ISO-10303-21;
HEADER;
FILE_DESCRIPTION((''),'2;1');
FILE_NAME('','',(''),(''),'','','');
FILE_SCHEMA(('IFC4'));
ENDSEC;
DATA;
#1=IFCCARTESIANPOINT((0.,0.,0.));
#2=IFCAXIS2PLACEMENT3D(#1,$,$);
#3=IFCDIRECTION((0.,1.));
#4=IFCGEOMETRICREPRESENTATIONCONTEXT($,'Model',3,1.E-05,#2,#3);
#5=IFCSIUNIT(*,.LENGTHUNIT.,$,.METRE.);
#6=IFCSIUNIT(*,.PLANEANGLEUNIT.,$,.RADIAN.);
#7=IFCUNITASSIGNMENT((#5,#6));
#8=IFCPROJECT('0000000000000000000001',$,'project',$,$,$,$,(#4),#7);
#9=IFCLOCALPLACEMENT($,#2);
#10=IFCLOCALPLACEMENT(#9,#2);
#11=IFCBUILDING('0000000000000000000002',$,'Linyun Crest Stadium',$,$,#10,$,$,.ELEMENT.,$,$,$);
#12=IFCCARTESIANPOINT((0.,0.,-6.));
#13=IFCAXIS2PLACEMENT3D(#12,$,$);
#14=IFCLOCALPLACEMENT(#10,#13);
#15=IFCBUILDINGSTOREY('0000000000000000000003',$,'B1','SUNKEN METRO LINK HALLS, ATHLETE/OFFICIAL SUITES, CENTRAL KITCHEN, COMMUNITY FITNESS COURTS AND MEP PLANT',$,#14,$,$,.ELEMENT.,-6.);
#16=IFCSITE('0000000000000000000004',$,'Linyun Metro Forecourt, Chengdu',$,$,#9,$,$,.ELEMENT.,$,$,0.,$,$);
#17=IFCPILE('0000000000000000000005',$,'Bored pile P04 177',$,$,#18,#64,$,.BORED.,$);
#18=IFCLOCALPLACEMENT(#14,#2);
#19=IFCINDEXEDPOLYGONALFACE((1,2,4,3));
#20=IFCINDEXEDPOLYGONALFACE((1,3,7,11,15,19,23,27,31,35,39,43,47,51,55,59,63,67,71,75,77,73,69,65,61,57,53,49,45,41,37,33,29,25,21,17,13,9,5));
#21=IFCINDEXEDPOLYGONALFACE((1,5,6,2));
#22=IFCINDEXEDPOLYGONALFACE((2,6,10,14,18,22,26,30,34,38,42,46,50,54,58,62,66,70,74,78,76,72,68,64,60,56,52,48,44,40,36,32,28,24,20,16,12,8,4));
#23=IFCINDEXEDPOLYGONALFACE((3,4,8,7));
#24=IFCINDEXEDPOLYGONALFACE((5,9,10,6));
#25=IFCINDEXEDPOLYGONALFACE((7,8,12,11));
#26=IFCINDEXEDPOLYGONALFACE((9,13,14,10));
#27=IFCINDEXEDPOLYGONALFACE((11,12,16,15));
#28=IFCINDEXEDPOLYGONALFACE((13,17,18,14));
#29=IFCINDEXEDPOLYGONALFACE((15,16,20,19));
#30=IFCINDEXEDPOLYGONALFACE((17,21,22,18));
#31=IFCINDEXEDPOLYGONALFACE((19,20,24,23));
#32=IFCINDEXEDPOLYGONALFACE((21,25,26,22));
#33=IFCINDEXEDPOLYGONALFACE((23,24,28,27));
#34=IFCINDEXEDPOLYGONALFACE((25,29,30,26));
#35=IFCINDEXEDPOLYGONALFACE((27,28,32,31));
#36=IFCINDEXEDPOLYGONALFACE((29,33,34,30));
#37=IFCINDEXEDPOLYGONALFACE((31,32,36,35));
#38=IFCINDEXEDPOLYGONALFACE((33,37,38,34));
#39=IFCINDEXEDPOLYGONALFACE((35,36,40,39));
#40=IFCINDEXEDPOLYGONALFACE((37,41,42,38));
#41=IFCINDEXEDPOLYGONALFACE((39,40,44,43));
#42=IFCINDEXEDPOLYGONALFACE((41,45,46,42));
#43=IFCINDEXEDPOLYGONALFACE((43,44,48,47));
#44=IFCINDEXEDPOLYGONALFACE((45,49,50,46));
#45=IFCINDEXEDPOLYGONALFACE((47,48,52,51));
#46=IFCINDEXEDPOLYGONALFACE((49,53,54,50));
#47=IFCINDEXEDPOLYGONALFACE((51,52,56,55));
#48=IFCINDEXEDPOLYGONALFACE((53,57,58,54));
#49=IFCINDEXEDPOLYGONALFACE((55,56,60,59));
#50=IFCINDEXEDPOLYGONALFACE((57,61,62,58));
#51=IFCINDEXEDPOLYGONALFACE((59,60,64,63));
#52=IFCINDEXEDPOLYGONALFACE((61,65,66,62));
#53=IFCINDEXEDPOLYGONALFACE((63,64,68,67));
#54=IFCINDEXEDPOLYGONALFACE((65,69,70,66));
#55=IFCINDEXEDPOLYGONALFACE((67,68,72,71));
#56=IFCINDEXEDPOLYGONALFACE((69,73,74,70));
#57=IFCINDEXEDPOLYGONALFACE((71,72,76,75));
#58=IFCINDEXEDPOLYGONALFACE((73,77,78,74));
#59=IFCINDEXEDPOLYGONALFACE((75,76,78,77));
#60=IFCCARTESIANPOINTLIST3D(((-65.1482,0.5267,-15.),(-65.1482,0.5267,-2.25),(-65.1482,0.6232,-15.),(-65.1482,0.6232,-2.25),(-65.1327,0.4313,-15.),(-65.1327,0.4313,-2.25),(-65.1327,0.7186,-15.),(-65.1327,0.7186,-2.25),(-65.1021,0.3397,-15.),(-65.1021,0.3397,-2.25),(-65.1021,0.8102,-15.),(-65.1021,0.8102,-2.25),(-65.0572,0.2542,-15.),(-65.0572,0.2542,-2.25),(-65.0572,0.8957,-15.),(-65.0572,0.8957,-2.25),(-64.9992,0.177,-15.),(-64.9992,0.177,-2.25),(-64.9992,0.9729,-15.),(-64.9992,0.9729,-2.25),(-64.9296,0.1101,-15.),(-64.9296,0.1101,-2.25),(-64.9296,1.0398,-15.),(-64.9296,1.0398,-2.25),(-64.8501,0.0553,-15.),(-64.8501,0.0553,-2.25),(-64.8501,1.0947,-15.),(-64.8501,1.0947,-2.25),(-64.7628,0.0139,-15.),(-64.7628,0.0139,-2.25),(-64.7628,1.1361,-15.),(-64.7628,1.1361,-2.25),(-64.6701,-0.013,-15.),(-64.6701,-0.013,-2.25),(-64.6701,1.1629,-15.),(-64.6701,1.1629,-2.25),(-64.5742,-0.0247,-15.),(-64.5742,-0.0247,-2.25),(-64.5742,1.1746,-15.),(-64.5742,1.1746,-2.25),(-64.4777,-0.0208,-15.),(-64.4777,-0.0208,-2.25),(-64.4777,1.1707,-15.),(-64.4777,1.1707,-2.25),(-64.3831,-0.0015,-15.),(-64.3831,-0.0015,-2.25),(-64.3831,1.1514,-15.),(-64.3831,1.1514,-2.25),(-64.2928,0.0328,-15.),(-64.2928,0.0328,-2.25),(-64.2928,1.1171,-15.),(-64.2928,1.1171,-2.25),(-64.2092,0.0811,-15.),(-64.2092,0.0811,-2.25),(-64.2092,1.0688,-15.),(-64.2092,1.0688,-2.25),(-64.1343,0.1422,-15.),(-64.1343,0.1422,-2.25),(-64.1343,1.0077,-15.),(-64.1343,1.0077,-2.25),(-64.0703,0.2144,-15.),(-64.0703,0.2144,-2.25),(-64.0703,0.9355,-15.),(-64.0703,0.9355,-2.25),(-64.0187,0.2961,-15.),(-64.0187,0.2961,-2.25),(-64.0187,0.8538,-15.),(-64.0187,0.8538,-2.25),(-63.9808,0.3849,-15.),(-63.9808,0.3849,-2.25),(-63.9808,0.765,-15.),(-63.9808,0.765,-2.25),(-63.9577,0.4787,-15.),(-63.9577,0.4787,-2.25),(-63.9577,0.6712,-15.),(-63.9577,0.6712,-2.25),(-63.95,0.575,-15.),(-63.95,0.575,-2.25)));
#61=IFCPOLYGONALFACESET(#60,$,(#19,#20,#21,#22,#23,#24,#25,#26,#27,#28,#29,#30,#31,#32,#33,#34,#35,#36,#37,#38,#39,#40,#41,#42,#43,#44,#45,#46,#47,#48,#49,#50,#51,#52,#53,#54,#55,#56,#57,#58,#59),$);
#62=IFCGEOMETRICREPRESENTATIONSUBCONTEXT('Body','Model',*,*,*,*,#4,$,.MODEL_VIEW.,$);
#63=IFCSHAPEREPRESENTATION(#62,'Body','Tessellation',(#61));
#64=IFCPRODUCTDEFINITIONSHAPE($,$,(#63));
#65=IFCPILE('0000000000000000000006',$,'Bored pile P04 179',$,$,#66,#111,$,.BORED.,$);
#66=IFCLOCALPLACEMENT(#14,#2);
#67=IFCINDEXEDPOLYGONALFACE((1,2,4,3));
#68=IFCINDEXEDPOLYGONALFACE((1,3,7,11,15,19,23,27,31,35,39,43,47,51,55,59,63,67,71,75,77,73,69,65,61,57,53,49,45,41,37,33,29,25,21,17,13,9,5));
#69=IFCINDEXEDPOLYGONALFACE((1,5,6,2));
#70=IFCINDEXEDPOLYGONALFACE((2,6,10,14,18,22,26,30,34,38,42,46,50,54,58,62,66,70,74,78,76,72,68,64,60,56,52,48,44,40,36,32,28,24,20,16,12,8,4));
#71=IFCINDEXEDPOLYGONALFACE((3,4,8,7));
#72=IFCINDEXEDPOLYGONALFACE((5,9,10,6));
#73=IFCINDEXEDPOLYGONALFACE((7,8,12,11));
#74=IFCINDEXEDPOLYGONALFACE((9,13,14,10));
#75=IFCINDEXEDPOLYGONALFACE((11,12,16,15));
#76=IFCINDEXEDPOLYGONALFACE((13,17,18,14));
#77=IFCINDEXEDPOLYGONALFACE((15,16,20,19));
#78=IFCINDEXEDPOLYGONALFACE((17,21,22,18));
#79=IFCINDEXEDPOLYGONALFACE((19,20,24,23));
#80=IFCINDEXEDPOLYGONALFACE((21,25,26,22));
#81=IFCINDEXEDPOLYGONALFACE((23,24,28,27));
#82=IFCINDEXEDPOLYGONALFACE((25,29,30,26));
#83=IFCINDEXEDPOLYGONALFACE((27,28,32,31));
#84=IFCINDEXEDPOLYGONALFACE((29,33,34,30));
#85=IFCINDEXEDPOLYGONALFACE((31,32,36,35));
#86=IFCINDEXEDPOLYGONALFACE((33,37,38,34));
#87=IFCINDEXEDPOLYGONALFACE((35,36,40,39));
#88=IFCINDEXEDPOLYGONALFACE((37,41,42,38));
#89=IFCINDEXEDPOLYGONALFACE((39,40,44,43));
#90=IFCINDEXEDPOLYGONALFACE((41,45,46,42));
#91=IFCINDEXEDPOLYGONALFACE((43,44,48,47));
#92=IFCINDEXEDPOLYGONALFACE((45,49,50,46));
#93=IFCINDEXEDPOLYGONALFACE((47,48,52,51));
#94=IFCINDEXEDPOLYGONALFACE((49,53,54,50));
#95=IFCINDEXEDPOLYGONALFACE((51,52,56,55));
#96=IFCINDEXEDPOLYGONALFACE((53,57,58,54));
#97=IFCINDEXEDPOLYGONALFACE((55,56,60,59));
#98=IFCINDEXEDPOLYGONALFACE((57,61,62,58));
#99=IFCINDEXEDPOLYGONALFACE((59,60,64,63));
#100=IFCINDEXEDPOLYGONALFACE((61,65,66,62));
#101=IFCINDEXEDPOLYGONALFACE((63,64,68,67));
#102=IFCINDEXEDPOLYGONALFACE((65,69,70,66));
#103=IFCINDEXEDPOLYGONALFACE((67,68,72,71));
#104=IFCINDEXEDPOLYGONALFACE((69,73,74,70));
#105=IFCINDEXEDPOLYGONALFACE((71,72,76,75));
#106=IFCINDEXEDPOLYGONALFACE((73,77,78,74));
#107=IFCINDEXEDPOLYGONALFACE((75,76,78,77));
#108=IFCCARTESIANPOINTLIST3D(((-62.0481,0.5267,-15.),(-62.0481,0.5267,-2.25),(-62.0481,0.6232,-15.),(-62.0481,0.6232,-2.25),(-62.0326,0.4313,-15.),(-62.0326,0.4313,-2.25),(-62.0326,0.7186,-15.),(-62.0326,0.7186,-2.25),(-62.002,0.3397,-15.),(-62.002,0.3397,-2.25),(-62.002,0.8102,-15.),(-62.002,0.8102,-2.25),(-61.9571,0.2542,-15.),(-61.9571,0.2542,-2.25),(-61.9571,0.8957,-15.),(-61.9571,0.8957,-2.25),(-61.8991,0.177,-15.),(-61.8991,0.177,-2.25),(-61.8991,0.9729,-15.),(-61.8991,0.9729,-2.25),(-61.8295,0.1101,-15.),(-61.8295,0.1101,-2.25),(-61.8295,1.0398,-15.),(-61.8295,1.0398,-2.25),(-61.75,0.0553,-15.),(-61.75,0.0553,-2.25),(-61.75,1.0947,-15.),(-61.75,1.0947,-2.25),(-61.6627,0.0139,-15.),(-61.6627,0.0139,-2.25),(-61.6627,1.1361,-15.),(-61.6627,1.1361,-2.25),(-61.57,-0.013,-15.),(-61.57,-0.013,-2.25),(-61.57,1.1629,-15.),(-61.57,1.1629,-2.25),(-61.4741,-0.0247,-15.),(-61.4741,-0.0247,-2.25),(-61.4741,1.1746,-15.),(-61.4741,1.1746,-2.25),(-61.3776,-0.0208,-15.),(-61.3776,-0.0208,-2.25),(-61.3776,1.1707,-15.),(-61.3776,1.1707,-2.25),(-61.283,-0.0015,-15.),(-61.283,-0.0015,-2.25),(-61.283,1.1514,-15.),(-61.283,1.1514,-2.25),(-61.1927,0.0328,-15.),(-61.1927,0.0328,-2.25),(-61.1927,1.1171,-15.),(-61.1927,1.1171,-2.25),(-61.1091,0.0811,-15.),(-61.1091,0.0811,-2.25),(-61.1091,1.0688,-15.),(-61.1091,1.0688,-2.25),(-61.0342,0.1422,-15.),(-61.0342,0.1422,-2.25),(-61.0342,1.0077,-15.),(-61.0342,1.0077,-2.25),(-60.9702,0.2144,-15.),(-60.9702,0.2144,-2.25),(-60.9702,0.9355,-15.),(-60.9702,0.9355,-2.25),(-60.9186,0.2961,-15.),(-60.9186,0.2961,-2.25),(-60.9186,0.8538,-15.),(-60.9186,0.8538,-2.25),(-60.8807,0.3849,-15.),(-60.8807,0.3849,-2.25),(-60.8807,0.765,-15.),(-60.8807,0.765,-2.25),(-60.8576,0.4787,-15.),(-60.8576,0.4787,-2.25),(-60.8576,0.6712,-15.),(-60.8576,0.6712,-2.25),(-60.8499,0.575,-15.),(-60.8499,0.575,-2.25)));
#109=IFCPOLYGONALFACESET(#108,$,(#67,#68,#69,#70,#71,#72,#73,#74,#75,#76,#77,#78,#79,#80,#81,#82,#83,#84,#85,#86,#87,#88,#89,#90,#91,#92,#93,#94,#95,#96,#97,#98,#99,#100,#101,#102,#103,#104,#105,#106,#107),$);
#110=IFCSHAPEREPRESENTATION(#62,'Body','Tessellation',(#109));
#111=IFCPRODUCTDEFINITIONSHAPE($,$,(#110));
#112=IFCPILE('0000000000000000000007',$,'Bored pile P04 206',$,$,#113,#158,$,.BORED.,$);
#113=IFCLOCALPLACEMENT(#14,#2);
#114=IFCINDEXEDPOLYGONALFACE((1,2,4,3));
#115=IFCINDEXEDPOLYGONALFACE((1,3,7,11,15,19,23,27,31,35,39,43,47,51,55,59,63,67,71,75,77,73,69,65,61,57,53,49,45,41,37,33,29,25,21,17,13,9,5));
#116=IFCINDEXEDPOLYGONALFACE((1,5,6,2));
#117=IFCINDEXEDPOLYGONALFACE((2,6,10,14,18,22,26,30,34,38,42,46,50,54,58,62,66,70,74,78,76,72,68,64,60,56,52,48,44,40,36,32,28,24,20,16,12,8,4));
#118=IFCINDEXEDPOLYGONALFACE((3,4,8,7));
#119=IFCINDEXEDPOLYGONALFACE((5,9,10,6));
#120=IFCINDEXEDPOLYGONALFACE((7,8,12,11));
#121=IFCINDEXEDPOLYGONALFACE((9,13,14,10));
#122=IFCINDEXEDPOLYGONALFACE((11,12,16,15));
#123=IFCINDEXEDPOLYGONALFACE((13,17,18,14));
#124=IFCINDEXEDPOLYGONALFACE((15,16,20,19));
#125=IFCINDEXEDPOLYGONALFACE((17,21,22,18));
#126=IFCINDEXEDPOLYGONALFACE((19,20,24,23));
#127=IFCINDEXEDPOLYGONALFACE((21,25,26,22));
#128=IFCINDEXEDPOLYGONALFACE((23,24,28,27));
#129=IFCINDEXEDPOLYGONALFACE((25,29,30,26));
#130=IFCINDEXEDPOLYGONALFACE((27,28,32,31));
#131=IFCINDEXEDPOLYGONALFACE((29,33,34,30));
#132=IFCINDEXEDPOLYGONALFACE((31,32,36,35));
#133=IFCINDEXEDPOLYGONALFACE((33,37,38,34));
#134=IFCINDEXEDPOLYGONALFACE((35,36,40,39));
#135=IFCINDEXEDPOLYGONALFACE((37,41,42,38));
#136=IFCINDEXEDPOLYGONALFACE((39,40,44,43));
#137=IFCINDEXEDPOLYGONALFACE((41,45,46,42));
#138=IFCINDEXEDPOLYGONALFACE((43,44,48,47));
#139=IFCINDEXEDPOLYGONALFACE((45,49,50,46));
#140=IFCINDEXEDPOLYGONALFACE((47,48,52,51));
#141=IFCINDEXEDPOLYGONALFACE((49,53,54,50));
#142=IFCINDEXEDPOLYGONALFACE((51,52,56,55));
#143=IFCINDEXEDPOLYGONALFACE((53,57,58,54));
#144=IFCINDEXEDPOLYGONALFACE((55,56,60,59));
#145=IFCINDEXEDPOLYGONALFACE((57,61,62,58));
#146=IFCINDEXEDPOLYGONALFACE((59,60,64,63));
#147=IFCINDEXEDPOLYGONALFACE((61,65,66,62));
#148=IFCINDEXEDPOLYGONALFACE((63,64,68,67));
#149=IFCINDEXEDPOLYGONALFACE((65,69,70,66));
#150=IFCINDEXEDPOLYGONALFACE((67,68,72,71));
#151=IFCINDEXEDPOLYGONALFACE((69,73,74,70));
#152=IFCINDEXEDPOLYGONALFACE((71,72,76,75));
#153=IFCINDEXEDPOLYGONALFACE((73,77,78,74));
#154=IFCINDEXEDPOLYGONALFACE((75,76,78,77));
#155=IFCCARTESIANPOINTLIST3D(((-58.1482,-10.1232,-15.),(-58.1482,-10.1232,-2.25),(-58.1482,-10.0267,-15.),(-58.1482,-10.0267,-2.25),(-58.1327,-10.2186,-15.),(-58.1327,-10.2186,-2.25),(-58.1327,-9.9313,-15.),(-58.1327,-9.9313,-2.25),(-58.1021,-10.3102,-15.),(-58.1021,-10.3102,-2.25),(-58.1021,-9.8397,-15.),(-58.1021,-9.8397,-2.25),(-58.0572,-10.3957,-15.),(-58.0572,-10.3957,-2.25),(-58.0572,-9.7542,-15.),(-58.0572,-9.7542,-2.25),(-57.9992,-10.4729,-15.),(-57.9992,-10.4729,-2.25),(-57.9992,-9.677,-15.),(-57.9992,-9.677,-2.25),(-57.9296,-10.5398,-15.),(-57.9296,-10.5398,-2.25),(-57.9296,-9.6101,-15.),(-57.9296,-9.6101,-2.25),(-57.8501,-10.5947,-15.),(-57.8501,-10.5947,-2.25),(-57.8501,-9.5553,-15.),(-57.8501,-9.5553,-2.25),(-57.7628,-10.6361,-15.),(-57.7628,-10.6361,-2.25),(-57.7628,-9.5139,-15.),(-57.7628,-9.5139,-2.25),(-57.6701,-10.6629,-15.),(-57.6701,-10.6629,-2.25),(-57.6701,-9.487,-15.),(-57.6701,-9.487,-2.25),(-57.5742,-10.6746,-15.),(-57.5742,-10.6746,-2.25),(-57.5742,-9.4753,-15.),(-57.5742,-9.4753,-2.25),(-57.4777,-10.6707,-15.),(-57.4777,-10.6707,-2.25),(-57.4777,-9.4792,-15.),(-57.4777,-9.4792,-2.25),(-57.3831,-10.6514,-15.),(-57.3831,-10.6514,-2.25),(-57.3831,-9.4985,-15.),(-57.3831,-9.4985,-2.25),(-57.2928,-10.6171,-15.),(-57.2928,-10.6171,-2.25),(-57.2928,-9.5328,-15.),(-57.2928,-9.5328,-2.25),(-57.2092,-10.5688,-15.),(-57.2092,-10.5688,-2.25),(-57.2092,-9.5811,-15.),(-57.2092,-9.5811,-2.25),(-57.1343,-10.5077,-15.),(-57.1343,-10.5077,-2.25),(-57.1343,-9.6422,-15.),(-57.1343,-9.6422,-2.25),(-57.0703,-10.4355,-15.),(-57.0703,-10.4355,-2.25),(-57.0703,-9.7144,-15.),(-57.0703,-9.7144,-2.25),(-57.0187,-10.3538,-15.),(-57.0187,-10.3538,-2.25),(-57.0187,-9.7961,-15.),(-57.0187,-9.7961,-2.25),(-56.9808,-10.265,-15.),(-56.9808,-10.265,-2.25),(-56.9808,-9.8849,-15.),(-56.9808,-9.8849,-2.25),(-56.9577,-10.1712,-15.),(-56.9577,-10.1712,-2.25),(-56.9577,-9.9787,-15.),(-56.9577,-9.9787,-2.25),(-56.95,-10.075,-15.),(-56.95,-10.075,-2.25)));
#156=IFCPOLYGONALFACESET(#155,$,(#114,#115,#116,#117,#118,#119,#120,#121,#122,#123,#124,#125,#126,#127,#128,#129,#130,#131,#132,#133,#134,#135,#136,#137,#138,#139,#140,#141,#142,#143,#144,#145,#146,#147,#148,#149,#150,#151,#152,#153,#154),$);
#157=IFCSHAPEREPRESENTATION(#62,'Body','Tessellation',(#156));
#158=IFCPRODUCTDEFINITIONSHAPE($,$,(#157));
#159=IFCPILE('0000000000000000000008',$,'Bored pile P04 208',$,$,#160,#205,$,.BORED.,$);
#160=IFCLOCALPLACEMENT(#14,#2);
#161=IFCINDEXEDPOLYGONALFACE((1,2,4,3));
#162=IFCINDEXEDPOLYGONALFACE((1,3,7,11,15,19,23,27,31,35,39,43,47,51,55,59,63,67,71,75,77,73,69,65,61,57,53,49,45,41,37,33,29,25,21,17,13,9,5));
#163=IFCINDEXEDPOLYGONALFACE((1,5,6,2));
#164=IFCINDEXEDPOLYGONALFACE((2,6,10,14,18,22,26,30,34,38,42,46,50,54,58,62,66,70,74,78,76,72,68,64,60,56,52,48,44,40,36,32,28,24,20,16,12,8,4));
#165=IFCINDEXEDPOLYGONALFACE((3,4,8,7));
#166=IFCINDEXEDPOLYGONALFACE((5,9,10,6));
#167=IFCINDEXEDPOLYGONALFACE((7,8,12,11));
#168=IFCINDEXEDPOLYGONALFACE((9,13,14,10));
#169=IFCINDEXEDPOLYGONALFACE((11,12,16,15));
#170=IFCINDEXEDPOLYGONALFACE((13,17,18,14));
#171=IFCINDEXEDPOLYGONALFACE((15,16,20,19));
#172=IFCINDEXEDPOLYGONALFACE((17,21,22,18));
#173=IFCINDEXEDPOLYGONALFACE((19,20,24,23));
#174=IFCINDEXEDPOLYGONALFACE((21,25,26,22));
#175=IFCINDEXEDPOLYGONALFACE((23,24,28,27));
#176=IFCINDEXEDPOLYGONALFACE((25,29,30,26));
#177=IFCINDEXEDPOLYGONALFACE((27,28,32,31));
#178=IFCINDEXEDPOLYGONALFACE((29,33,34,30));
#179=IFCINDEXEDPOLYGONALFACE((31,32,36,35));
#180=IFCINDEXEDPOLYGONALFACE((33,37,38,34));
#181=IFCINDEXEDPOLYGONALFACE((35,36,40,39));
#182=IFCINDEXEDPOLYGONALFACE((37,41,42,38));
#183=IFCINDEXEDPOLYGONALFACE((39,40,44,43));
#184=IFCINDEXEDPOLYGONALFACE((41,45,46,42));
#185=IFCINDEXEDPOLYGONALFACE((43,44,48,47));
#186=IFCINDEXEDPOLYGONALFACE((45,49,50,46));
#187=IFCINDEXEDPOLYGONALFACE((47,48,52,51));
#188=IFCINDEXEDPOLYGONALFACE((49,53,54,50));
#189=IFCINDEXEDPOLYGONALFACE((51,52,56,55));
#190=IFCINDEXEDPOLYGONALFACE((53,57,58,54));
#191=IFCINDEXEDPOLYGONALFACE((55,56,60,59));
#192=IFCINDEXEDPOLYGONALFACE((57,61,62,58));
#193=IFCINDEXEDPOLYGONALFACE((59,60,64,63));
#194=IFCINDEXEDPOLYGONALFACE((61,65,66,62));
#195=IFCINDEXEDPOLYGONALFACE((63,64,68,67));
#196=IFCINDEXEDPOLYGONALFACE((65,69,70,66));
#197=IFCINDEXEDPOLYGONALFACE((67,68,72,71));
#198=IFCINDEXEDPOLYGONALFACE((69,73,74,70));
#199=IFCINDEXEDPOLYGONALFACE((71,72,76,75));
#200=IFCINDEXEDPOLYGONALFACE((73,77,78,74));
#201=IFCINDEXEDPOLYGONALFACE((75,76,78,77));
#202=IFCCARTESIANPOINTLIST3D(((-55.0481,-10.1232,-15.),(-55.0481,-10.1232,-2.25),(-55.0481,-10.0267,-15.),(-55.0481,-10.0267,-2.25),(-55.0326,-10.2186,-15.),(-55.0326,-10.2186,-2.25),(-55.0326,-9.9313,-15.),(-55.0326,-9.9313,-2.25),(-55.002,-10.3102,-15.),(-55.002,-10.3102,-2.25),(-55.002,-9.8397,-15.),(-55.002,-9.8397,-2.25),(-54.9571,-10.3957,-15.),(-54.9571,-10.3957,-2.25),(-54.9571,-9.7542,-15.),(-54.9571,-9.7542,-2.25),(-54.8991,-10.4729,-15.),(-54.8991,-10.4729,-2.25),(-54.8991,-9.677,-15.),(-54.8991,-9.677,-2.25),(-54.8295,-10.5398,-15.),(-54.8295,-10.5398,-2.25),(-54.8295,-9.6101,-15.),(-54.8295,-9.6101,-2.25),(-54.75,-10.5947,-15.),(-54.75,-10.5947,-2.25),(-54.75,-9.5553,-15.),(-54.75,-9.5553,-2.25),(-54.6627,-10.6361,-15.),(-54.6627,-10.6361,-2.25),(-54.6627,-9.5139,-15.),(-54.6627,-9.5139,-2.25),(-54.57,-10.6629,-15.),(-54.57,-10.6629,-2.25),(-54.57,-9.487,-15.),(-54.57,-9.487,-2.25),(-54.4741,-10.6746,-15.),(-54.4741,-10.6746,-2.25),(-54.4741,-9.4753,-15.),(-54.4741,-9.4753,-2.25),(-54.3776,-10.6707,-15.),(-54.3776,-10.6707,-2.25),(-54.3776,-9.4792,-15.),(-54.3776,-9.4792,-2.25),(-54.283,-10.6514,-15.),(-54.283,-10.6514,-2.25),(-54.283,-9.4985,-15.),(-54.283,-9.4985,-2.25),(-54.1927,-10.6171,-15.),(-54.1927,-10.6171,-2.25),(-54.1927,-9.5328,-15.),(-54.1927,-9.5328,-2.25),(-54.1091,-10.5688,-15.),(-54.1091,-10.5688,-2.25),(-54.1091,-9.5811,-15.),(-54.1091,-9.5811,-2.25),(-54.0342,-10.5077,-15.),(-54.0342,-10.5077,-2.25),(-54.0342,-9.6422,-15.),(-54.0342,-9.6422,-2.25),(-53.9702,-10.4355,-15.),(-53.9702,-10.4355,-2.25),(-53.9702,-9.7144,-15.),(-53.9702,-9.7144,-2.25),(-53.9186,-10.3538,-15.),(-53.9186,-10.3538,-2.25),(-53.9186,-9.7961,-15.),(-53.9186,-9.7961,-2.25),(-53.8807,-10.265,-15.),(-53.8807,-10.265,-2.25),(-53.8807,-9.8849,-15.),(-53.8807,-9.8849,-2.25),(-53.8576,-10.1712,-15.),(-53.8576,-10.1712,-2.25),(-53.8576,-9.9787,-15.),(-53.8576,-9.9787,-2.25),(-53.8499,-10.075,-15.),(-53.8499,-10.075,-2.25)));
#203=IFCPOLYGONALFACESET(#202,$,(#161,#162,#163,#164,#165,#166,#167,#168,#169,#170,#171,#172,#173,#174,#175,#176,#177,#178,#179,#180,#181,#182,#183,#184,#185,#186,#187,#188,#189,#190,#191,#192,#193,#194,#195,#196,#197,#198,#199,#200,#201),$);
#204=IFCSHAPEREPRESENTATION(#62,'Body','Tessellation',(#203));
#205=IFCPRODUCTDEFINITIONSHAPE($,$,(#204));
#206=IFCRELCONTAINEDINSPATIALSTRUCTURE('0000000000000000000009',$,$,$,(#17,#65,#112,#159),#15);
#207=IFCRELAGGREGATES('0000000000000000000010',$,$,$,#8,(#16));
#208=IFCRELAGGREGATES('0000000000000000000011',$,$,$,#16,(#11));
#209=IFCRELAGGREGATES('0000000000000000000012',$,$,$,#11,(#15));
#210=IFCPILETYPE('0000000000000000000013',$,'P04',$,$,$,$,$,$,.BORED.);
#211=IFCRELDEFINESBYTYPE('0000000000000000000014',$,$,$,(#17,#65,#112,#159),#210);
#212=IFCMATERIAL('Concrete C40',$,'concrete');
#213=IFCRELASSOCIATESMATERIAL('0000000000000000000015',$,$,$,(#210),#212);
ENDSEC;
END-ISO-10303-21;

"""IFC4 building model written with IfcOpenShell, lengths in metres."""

from ifc_helpers import new_model, si_unit, direction, frame, origin, origin_2d, place, context, subcontext, project, spatial, circle, extrude, material, material_profile, profile_set, type_object, element, save


model = new_model("IFC4")

# Units and contexts
model_context = context("Model", 3, precision=1e-05, world=origin(), true_north=direction((0.0, 1.0)))
body_context = subcontext(model_context, "Body", "Model", "MODEL_VIEW")
ifc_project = project(units=[si_unit("LENGTHUNIT", "METRE"), si_unit("PLANEANGLEUNIT", "RADIAN")], contexts=[model_context])

# Site, building, storey
site_placement = place(None, origin())
site = spatial("IfcSite", under=ifc_project, at=site_placement, Name="Linyun Metro Forecourt, Chengdu", CompositionType="ELEMENT", RefElevation=0.0)
building_placement = place(site_placement, origin())
building = spatial("IfcBuilding", under=site, at=building_placement, Name="Linyun Crest Stadium", CompositionType="ELEMENT")
storey_placement = place(building_placement, frame((0.0, 0.0, -6.0)))
storey = spatial("IfcBuildingStorey", under=building, at=storey_placement, Name="B1", Description="SUNKEN METRO LINK HALLS, ATHLETE/OFFICIAL SUITES, CENTRAL KITCHEN, COMMUNITY FITNESS COURTS AND MEP PLANT", CompositionType="ELEMENT", Elevation=-6.0)

# Piles
ifc_material_1 = material(Name="Concrete C40", Category="concrete")
ifc_material_profile_1 = material_profile(ifc_material_1, circle(Radius=0.6001, at=origin_2d()), Name="BORED PILE 1200")
ifc_profile_set_1 = profile_set([ifc_material_profile_1], Name="Concrete C40")
pile_type_1 = type_object("IfcPileType", Name="P04", PredefinedType="BORED", material=ifc_profile_set_1)
for number, where, z_axis, x_axis, name in (
    (1, (-64.55, 0.575, -2.25), (0.0, 0.0, -1.0), (1.0, 0.0, 0.0), "Bored pile P04 177"),
    (2, (-61.45, 0.575, -2.25), (0.0, 0.0, -1.0), (1.0, 0.0, 0.0), "Bored pile P04 179"),
    (3, (-57.55, -10.075, -2.25), (0.0, 0.0, -1.0), (1.0, 0.0, 0.0), "Bored pile P04 206"),
    (4, (-54.45, -10.075, -2.25), (0.0, 0.0, -1.0), (1.0, 0.0, 0.0), "Bored pile P04 208"),
):
    element("IfcPile", number, at=place(storey_placement, frame(where, z_axis=z_axis, x_axis=x_axis)), inside=storey, type_object=pile_type_1, Name=name, PredefinedType="BORED", context=body_context, shape_type="SweptSolid", body=[
        extrude(circle(Radius=0.6001, at=origin_2d()), origin(), (0.0, 0.0, 1.0), 12.75),
    ])

save(model, "model.ifc")
